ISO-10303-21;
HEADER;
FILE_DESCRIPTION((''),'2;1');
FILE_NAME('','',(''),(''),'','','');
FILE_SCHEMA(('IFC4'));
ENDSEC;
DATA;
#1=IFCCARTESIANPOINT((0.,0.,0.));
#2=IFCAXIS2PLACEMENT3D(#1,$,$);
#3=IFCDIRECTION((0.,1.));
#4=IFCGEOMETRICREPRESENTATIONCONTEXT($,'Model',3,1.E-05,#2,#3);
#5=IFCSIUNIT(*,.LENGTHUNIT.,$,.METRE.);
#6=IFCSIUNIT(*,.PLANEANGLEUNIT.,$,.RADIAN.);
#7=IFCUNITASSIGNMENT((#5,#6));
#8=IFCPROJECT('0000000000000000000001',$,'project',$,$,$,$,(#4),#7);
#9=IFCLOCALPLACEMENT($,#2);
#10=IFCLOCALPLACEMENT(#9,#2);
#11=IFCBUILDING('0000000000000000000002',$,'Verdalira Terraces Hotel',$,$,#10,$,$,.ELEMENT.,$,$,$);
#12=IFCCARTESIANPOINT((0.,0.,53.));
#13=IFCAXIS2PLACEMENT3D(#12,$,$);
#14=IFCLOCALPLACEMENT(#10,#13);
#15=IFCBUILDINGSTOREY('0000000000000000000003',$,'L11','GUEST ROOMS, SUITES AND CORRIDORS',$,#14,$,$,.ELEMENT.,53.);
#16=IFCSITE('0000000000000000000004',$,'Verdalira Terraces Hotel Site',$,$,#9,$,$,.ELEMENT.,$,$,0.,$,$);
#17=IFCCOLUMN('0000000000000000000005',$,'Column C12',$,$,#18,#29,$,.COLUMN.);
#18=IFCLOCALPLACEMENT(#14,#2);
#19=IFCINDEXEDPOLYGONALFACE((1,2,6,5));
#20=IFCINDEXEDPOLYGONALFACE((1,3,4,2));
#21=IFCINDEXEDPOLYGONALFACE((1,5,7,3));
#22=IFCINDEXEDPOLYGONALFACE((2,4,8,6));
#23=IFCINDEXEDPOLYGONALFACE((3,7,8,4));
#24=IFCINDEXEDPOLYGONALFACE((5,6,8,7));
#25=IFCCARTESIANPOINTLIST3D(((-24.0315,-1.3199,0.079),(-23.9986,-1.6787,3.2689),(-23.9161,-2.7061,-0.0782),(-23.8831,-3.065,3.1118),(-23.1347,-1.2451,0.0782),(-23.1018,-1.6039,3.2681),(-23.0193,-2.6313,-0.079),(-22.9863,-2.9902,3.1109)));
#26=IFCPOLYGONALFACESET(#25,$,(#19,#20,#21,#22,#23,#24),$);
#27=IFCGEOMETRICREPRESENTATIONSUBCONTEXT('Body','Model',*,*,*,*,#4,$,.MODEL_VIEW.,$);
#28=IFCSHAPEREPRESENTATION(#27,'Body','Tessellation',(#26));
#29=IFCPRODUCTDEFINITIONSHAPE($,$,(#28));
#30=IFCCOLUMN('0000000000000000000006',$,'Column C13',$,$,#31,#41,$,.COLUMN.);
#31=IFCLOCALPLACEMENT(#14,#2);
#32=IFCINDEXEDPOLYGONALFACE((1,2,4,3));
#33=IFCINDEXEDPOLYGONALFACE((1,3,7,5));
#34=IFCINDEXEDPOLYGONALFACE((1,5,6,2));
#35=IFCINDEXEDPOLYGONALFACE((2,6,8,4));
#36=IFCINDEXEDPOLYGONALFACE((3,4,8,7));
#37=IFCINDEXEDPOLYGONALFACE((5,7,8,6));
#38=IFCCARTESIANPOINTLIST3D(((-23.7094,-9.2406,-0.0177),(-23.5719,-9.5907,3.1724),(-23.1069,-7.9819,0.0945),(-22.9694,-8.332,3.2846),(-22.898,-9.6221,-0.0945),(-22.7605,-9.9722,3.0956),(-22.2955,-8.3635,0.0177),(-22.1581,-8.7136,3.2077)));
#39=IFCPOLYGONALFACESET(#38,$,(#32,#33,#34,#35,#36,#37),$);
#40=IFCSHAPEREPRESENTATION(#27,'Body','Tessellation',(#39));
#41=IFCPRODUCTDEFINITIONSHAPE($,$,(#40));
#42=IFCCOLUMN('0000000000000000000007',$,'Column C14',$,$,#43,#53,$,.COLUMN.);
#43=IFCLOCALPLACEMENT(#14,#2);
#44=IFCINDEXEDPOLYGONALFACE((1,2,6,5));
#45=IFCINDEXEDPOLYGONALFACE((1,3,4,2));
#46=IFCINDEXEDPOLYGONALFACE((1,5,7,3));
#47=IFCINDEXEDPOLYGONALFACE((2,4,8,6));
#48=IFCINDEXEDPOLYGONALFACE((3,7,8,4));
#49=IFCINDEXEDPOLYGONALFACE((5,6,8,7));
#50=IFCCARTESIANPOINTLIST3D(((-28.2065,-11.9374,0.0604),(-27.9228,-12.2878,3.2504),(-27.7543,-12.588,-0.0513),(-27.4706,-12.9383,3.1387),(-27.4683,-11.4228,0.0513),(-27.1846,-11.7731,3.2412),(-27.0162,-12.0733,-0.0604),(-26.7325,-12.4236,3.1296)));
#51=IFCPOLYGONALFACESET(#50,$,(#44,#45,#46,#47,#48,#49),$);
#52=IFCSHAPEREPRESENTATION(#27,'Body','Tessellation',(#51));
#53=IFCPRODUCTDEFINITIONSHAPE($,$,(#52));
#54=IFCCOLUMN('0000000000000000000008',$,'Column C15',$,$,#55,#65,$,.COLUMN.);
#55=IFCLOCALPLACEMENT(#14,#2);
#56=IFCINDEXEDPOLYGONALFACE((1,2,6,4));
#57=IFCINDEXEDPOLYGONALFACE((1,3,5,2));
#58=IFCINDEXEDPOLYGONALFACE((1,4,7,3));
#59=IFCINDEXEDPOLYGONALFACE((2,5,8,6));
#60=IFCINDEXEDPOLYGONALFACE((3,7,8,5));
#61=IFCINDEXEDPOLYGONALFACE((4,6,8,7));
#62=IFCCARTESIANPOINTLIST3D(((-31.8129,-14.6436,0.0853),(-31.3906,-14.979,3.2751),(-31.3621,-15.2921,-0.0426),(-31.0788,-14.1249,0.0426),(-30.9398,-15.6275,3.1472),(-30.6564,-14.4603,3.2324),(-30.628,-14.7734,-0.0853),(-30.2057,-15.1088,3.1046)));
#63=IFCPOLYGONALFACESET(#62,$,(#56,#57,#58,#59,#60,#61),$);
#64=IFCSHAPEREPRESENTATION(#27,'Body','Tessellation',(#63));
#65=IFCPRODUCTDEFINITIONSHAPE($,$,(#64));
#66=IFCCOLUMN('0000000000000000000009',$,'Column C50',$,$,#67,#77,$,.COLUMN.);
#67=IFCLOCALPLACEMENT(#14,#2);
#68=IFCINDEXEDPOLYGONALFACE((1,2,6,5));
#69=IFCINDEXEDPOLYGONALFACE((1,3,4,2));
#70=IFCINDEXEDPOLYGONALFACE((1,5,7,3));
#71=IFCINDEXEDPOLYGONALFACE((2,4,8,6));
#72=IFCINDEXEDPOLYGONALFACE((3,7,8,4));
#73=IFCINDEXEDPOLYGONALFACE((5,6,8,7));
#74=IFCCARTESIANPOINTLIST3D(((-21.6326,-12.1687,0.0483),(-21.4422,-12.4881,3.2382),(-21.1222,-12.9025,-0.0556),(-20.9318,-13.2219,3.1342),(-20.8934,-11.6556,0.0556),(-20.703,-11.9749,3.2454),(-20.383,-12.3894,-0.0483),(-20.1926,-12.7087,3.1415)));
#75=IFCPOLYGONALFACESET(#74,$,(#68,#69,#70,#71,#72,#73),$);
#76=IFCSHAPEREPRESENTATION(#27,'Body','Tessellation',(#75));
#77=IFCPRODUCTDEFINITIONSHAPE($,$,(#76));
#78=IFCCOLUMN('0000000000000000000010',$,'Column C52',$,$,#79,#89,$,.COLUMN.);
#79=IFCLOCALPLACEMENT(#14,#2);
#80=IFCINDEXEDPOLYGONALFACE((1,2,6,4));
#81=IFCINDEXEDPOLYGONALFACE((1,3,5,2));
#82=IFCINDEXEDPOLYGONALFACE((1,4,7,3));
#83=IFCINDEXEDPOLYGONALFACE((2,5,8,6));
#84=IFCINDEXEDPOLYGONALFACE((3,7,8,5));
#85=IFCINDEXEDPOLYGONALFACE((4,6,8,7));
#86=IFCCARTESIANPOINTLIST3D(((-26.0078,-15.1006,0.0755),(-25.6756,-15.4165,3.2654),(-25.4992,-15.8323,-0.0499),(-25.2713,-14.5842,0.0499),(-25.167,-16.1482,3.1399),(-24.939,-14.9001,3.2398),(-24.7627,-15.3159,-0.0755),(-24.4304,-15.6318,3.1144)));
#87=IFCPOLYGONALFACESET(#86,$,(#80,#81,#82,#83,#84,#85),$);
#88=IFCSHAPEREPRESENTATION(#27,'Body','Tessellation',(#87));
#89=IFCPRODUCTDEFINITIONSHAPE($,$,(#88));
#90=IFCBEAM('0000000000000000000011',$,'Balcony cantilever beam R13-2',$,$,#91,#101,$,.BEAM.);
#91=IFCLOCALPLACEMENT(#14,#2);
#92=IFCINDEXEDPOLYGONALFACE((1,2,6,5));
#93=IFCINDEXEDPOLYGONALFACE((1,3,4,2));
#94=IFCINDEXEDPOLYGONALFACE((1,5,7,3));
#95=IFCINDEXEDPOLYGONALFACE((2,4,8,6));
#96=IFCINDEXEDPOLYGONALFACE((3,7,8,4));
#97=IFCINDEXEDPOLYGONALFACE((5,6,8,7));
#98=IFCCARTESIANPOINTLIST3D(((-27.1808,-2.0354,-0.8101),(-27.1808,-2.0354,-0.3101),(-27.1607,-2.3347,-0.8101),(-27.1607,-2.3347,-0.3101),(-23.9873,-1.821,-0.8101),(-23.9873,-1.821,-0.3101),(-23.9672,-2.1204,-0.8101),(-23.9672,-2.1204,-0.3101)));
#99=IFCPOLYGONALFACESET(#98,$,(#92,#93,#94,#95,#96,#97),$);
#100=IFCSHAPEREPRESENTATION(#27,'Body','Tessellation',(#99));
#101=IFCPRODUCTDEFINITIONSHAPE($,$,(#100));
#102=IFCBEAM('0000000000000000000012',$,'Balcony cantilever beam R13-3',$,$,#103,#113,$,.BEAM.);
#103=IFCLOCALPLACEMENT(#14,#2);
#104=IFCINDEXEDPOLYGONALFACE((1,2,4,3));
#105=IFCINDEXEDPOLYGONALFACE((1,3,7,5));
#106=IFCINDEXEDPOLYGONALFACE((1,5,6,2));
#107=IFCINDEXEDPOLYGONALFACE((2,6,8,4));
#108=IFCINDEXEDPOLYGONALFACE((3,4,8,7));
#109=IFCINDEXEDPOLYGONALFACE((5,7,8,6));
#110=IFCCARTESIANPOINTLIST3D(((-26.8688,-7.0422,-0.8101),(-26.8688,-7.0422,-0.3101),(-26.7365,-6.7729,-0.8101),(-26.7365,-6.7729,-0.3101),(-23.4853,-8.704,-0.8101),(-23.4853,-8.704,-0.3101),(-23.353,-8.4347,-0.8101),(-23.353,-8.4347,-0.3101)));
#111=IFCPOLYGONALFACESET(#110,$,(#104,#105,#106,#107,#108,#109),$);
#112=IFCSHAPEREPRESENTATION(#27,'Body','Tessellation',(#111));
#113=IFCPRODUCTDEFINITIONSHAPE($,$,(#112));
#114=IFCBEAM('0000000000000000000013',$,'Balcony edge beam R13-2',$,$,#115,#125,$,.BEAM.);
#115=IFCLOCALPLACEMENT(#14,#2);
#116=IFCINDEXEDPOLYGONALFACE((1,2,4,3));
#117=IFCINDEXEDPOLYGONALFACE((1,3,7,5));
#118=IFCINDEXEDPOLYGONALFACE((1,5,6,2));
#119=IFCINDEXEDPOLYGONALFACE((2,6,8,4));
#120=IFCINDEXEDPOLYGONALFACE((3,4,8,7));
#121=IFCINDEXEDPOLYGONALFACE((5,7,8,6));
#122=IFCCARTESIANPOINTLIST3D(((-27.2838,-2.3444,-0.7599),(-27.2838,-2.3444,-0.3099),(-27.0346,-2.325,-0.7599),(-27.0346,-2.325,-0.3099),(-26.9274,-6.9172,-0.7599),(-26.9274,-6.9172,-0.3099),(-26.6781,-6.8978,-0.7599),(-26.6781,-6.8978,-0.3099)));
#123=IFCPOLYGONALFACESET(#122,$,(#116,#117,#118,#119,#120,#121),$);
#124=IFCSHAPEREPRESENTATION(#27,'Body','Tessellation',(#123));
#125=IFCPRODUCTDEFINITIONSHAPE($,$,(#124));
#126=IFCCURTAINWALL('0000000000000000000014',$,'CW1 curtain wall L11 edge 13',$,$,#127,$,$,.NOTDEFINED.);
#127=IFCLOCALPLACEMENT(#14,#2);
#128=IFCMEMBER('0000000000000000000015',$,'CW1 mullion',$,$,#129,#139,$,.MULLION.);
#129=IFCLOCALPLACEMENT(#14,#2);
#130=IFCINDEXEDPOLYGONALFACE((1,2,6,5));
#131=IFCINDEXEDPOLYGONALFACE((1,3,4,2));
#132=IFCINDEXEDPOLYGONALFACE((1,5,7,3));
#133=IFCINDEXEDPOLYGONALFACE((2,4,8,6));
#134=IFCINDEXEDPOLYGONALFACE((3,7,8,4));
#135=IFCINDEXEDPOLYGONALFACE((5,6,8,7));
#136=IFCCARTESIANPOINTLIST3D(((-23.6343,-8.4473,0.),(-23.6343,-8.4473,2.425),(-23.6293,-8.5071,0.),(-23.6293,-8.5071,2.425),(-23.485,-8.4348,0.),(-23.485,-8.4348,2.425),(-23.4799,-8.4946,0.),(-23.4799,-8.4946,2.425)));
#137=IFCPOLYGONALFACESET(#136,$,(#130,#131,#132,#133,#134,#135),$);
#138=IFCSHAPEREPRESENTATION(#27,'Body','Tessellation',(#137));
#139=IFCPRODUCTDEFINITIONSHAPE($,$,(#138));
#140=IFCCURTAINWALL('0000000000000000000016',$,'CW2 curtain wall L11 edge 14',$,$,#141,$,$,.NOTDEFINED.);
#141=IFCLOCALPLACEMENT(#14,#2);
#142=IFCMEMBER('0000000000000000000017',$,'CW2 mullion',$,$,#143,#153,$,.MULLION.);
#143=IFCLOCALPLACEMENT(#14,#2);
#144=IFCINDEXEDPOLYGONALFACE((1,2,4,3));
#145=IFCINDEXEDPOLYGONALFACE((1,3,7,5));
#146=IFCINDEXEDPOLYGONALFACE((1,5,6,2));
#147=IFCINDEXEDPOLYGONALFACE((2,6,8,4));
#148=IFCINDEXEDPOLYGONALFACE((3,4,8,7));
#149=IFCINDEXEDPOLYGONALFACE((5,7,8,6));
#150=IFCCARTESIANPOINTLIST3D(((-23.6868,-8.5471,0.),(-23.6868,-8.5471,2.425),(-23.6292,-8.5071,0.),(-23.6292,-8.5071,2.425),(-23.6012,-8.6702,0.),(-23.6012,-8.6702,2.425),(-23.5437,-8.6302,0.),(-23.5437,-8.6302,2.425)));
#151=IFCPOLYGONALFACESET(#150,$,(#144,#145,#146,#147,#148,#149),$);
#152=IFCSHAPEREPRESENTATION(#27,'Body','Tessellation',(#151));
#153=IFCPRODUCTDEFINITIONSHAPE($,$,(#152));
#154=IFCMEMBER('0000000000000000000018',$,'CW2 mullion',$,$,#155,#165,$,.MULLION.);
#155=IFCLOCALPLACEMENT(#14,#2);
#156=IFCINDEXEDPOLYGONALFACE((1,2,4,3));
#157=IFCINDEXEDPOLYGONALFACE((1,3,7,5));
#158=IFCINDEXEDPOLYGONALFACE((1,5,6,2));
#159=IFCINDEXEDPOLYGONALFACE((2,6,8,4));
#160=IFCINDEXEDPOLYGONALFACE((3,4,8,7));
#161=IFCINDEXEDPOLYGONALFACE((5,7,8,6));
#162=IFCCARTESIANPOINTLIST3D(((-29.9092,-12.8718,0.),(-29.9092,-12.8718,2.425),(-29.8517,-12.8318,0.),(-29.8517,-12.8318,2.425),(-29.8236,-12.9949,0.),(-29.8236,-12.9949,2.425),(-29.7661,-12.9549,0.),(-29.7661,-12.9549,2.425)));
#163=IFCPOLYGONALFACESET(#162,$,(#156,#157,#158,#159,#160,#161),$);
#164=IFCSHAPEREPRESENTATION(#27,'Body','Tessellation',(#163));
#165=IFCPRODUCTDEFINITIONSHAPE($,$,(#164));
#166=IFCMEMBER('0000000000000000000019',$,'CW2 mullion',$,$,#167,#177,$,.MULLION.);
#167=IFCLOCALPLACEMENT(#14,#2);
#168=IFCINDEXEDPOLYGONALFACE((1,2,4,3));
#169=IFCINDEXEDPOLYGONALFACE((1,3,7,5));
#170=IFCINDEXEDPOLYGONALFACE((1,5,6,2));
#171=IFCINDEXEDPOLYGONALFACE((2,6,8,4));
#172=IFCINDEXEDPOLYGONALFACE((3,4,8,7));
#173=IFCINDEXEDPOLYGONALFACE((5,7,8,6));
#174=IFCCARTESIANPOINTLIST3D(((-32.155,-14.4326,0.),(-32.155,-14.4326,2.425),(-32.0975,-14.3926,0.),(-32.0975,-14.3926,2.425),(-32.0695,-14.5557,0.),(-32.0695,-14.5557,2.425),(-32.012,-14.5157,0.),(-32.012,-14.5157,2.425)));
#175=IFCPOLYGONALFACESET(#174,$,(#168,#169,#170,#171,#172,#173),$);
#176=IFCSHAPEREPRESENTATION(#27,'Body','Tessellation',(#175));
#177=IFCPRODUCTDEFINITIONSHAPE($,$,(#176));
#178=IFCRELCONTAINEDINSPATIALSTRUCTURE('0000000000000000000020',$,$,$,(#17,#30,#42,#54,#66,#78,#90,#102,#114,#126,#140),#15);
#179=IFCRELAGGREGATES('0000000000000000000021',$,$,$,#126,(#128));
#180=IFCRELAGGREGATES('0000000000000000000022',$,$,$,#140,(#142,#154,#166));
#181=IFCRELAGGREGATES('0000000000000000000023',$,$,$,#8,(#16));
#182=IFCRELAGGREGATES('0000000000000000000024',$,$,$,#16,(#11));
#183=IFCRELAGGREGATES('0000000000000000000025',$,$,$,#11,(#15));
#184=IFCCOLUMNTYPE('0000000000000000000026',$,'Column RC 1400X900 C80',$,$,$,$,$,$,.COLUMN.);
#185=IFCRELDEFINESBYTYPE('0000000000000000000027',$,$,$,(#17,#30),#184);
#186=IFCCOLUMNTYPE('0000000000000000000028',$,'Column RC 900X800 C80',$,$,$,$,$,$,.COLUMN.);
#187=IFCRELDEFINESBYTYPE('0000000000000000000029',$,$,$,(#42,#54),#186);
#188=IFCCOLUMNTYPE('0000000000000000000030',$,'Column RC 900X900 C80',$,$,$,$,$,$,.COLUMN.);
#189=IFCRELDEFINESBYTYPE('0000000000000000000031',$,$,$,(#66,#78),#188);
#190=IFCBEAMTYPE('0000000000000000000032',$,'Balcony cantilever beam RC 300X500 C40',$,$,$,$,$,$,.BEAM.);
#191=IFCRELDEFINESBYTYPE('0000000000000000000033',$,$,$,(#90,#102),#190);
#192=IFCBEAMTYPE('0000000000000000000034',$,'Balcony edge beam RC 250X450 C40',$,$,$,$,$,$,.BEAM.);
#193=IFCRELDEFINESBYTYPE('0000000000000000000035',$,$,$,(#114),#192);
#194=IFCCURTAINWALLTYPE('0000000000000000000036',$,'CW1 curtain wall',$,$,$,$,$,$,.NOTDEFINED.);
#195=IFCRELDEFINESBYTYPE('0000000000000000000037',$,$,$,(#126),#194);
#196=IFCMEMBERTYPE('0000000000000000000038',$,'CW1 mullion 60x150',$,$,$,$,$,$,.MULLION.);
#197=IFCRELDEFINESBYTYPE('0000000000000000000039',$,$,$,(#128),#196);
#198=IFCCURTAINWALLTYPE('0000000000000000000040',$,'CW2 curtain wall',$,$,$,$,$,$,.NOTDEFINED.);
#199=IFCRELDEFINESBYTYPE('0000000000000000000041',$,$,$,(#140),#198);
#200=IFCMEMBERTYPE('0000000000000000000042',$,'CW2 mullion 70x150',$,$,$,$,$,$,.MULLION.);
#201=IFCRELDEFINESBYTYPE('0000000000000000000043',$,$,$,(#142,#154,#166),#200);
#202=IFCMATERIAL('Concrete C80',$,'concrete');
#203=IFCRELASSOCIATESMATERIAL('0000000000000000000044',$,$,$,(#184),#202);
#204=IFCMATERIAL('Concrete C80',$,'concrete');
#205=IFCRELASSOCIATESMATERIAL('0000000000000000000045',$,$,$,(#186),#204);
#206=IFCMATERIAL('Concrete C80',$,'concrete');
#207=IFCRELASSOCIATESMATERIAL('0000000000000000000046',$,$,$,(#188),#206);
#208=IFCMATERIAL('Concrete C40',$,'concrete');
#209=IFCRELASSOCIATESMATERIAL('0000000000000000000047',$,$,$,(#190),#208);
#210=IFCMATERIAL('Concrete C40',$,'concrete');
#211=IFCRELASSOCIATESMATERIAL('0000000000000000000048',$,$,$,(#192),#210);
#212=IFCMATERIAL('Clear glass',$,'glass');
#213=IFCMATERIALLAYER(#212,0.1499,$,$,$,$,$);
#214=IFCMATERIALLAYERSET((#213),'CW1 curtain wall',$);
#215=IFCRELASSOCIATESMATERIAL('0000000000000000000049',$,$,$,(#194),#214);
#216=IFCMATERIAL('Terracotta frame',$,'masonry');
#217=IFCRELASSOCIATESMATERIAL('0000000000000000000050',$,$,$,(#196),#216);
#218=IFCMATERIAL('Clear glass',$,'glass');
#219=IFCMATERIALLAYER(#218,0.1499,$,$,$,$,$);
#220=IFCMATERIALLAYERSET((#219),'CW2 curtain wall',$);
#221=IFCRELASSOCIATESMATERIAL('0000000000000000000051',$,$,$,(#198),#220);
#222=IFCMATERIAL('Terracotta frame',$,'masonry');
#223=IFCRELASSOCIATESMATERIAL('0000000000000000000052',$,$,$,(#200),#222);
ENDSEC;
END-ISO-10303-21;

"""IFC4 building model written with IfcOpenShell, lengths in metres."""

from ifc_helpers import new_model, si_unit, direction, frame, origin, origin_2d, place, context, subcontext, project, spatial, rectangle, extrude, material, layer, layer_set, material_profile, profile_set, type_object, element, aggregate, save


model = new_model("IFC4")

# Units and contexts
model_context = context("Model", 3, precision=1e-05, world=origin(), true_north=direction((0.0, 1.0)))
body_context = subcontext(model_context, "Body", "Model", "MODEL_VIEW")
ifc_project = project(units=[si_unit("LENGTHUNIT", "METRE"), si_unit("PLANEANGLEUNIT", "RADIAN")], contexts=[model_context])

# Site, building, storey
site_placement = place(None, origin())
site = spatial("IfcSite", under=ifc_project, at=site_placement, Name="Verdalira Terraces Hotel Site", CompositionType="ELEMENT", RefElevation=0.0)
building_placement = place(site_placement, origin())
building = spatial("IfcBuilding", under=site, at=building_placement, Name="Verdalira Terraces Hotel", CompositionType="ELEMENT")
storey_placement = place(building_placement, frame((0.0, 0.0, 53.0)))
storey = spatial("IfcBuildingStorey", under=building, at=storey_placement, Name="L11", Description="GUEST ROOMS, SUITES AND CORRIDORS", CompositionType="ELEMENT", Elevation=53.0)

# Columns
ifc_material_1 = material(Name="Concrete C80", Category="concrete")
ifc_material_profile_1 = material_profile(ifc_material_1, rectangle(XDim=1.3999, YDim=0.8999, at=origin_2d()), Name="RC 1400X900")
ifc_profile_set_1 = profile_set([ifc_material_profile_1], Name="Concrete C80")
column_type_1 = type_object("IfcColumnType", Name="Column RC 1400X900 C80", PredefinedType="COLUMN", material=ifc_profile_set_1)
column_1_placement = place(storey_placement, frame((-23.5254, -1.9756, 0.0), z_axis=(0.010267, -0.111795, 0.993678), x_axis=(0.082474, -0.99025, -0.112261)))
element("IfcColumn", 1, at=column_1_placement, inside=storey, type_object=column_type_1, Name="Column C12", PredefinedType="COLUMN", context=body_context, shape_type="SweptSolid", body=[
    extrude(rectangle(XDim=1.3999, YDim=0.8999, at=origin_2d()), origin(), (0.0, 0.0, 1.0), 3.2102),
])
column_2_placement = place(storey_placement, frame((-23.0024, -8.802, 0.0), z_axis=(0.042793, -0.108995, 0.993121), x_axis=(0.430367, 0.89909, 0.080131)))
element("IfcColumn", 2, at=column_2_placement, inside=storey, type_object=column_type_1, Name="Column C13", PredefinedType="COLUMN", context=body_context, shape_type="SweptSolid", body=[
    extrude(rectangle(XDim=1.3999, YDim=0.8999, at=origin_2d()), origin(), (0.0, 0.0, 1.0), 3.2122),
])
ifc_material_2 = material(Name="Concrete C80", Category="concrete")
ifc_material_profile_2 = material_profile(ifc_material_2, rectangle(XDim=0.8999, YDim=0.8, at=origin_2d()), Name="RC 900X800")
ifc_profile_set_2 = profile_set([ifc_material_profile_2], Name="Concrete C80")
column_type_2 = type_object("IfcColumnType", Name="Column RC 900X800 C80", PredefinedType="COLUMN", material=ifc_profile_set_2)
column_3_placement = place(storey_placement, frame((-27.6113, -12.0054, 0.0), z_axis=(0.088058, -0.108747, 0.990162), x_axis=(-0.820262, -0.571898, 0.010139)))
element("IfcColumn", 3, at=column_3_placement, inside=storey, type_object=column_type_2, Name="Column C14", PredefinedType="COLUMN", context=body_context, shape_type="SweptSolid", body=[
    extrude(rectangle(XDim=0.8999, YDim=0.8, at=origin_2d()), origin(), (0.0, 0.0, 1.0), 3.2217),
])
column_4_placement = place(storey_placement, frame((-31.2205, -14.7085, 0.0), z_axis=(0.130552, -0.103687, 0.986005), x_axis=(-0.815786, -0.576409, 0.0474)))
element("IfcColumn", 4, at=column_4_placement, inside=storey, type_object=column_type_2, Name="Column C15", PredefinedType="COLUMN", context=body_context, shape_type="SweptSolid", body=[
    extrude(rectangle(XDim=0.8999, YDim=0.8, at=origin_2d()), origin(), (0.0, 0.0, 1.0), 3.2351),
])
ifc_material_3 = material(Name="Concrete C80", Category="concrete")
ifc_material_profile_3 = material_profile(ifc_material_3, rectangle(XDim=0.8999, YDim=0.8999, at=origin_2d()), Name="RC 900X900")
ifc_profile_set_3 = profile_set([ifc_material_profile_3], Name="Concrete C80")
column_type_3 = type_object("IfcColumnType", Name="Column RC 900X900 C80", PredefinedType="COLUMN", material=ifc_profile_set_3)
column_5_placement = place(storey_placement, frame((-21.0078, -12.2791, 0.0), z_axis=(0.059296, -0.099434, 0.993276), x_axis=(-0.821432, -0.570249, -0.008049)))
element("IfcColumn", 5, at=column_5_placement, inside=storey, type_object=column_type_3, Name="Column C50", PredefinedType="COLUMN", context=body_context, shape_type="SweptSolid", body=[
    extrude(rectangle(XDim=0.8999, YDim=0.8999, at=origin_2d()), origin(), (0.0, 0.0, 1.0), 3.2114),
])
column_6_placement = place(storey_placement, frame((-25.3853, -15.2083, 0.0), z_axis=(0.103104, -0.098028, 0.989828), x_axis=(-0.81851, -0.573788, 0.028433)))
element("IfcColumn", 6, at=column_6_placement, inside=storey, type_object=column_type_3, Name="Column C52", PredefinedType="COLUMN", context=body_context, shape_type="SweptSolid", body=[
    extrude(rectangle(XDim=0.8999, YDim=0.8999, at=origin_2d()), origin(), (0.0, 0.0, 1.0), 3.2227),
])

# Beams
ifc_material_4 = material(Name="Concrete C40", Category="concrete")
ifc_material_profile_4 = material_profile(ifc_material_4, rectangle(XDim=0.3, YDim=0.5, at=origin_2d()), Name="RC 300X500")
ifc_profile_set_4 = profile_set([ifc_material_profile_4], Name="Concrete C40")
beam_type_1 = type_object("IfcBeamType", Name="Balcony cantilever beam RC 300X500 C40", PredefinedType="BEAM", material=ifc_profile_set_4)
beam_1_placement = place(storey_placement, frame((-23.9773, -1.9707, -0.5601), z_axis=(-0.997755, -0.06697, 0.0), x_axis=(0.06697, -0.997755, 0.0)))
element("IfcBeam", 7, at=beam_1_placement, inside=storey, type_object=beam_type_1, Name="Balcony cantilever beam R13-2", PredefinedType="BEAM", context=body_context, shape_type="SweptSolid", body=[
    extrude(rectangle(XDim=0.3, YDim=0.5, at=origin_2d()), origin(), (0.0, 0.0, 1.0), 3.2007),
])
beam_2_placement = place(storey_placement, frame((-23.4192, -8.5693, -0.5601), z_axis=(-0.897578, 0.440855, 0.0), x_axis=(-0.440855, -0.897578, 0.0)))
element("IfcBeam", 8, at=beam_2_placement, inside=storey, type_object=beam_type_1, Name="Balcony cantilever beam R13-3", PredefinedType="BEAM", context=body_context, shape_type="SweptSolid", body=[
    extrude(rectangle(XDim=0.3, YDim=0.5, at=origin_2d()), origin(), (0.0, 0.0, 1.0), 3.7695),
])
ifc_material_5 = material(Name="Concrete C40", Category="concrete")
ifc_material_profile_5 = material_profile(ifc_material_5, rectangle(XDim=0.25, YDim=0.45, at=origin_2d()), Name="RC 250X450")
ifc_profile_set_5 = profile_set([ifc_material_profile_5], Name="Concrete C40")
beam_type_2 = type_object("IfcBeamType", Name="Balcony edge beam RC 250X450 C40", PredefinedType="BEAM", material=ifc_profile_set_5)
beam_3_placement = place(storey_placement, frame((-27.1592, -2.3347, -0.5349), z_axis=(0.077714, -0.996976, 0.0), x_axis=(0.996976, 0.077714, 0.0)))
element("IfcBeam", 9, at=beam_3_placement, inside=storey, type_object=beam_type_2, Name="Balcony edge beam R13-2", PredefinedType="BEAM", context=body_context, shape_type="SweptSolid", body=[
    extrude(rectangle(XDim=0.25, YDim=0.45, at=origin_2d()), origin(), (0.0, 0.0, 1.0), 4.5867),
])

# Curtain wall, member
ifc_material_6 = material(Name="Clear glass", Category="glass")
ifc_layer_1 = layer(ifc_material_6, 0.1499)
ifc_layer_set_1 = layer_set([ifc_layer_1], Name="CW1 curtain wall")
curtain_wall_type_1 = type_object("IfcCurtainWallType", Name="CW1 curtain wall", PredefinedType="NOTDEFINED", material=ifc_layer_set_1)
curtain_wall_1_placement = place(storey_placement, origin())
curtain_wall_1 = element("IfcCurtainWall", 10, at=curtain_wall_1_placement, inside=storey, type_object=curtain_wall_type_1, Name="CW1 curtain wall L11 edge 13", PredefinedType="NOTDEFINED")
ifc_material_7 = material(Name="Terracotta frame", Category="masonry")
ifc_material_profile_6 = material_profile(ifc_material_7, rectangle(XDim=0.0601, YDim=0.1499, at=origin_2d()), Name="MU 60x150")
ifc_profile_set_6 = profile_set([ifc_material_profile_6], Name="Terracotta frame")
member_type_1 = type_object("IfcMemberType", Name="CW1 mullion 60x150", PredefinedType="MULLION", material=ifc_profile_set_6)
member_1_placement = place(storey_placement, frame((-23.5571, -8.4709, 0.0), z_axis=(0.0, 0.0, 1.0), x_axis=(0.083678, -0.996493, 0.0)))
member_1 = element("IfcMember", 11, at=member_1_placement, type_object=member_type_1, Name="CW1 mullion", PredefinedType="MULLION", context=body_context, shape_type="SweptSolid", body=[
    extrude(rectangle(XDim=0.0601, YDim=0.1499, at=origin_2d()), origin(), (0.0, 0.0, 1.0), 2.425),
])

# Curtain wall, members
ifc_material_8 = material(Name="Clear glass", Category="glass")
ifc_layer_2 = layer(ifc_material_8, 0.1499)
ifc_layer_set_2 = layer_set([ifc_layer_2], Name="CW2 curtain wall")
curtain_wall_type_2 = type_object("IfcCurtainWallType", Name="CW2 curtain wall", PredefinedType="NOTDEFINED", material=ifc_layer_set_2)
curtain_wall_2_placement = place(storey_placement, origin())
curtain_wall_2 = element("IfcCurtainWall", 12, at=curtain_wall_2_placement, inside=storey, type_object=curtain_wall_type_2, Name="CW2 curtain wall L11 edge 14", PredefinedType="NOTDEFINED")
ifc_material_9 = material(Name="Terracotta frame", Category="masonry")
ifc_material_profile_7 = material_profile(ifc_material_9, rectangle(XDim=0.0701, YDim=0.1499, at=origin_2d()), Name="MU 70x150")
ifc_profile_set_7 = profile_set([ifc_material_profile_7], Name="Terracotta frame")
member_type_2 = type_object("IfcMemberType", Name="CW2 mullion 70x150", PredefinedType="MULLION", material=ifc_profile_set_7)
member_2_placement = place(storey_placement, frame((-23.6152, -8.5886, 0.0), z_axis=(0.0, 0.0, 1.0), x_axis=(-0.821149, -0.570714, 0.0)))
member_2 = element("IfcMember", 13, at=member_2_placement, type_object=member_type_2, Name="CW2 mullion", PredefinedType="MULLION", context=body_context, shape_type="SweptSolid", body=[
    extrude(rectangle(XDim=0.0701, YDim=0.1499, at=origin_2d()), origin(), (0.0, 0.0, 1.0), 2.425),
])
member_3_placement = place(storey_placement, frame((-29.8376, -12.9133, 0.0), z_axis=(0.0, 0.0, 1.0), x_axis=(-0.821149, -0.570714, 0.0)))
member_3 = element("IfcMember", 14, at=member_3_placement, type_object=member_type_2, Name="CW2 mullion", PredefinedType="MULLION", context=body_context, shape_type="SweptSolid", body=[
    extrude(rectangle(XDim=0.0701, YDim=0.1499, at=origin_2d()), origin(), (0.0, 0.0, 1.0), 2.425),
])
member_4_placement = place(storey_placement, frame((-32.0835, -14.4741, 0.0), z_axis=(0.0, 0.0, 1.0), x_axis=(-0.821149, -0.570714, 0.0)))
member_4 = element("IfcMember", 15, at=member_4_placement, type_object=member_type_2, Name="CW2 mullion", PredefinedType="MULLION", context=body_context, shape_type="SweptSolid", body=[
    extrude(rectangle(XDim=0.0701, YDim=0.1499, at=origin_2d()), origin(), (0.0, 0.0, 1.0), 2.425),
])

aggregate(curtain_wall_1, [member_1])
aggregate(curtain_wall_2, [member_2, member_3, member_4])

save(model, "model.ifc")
